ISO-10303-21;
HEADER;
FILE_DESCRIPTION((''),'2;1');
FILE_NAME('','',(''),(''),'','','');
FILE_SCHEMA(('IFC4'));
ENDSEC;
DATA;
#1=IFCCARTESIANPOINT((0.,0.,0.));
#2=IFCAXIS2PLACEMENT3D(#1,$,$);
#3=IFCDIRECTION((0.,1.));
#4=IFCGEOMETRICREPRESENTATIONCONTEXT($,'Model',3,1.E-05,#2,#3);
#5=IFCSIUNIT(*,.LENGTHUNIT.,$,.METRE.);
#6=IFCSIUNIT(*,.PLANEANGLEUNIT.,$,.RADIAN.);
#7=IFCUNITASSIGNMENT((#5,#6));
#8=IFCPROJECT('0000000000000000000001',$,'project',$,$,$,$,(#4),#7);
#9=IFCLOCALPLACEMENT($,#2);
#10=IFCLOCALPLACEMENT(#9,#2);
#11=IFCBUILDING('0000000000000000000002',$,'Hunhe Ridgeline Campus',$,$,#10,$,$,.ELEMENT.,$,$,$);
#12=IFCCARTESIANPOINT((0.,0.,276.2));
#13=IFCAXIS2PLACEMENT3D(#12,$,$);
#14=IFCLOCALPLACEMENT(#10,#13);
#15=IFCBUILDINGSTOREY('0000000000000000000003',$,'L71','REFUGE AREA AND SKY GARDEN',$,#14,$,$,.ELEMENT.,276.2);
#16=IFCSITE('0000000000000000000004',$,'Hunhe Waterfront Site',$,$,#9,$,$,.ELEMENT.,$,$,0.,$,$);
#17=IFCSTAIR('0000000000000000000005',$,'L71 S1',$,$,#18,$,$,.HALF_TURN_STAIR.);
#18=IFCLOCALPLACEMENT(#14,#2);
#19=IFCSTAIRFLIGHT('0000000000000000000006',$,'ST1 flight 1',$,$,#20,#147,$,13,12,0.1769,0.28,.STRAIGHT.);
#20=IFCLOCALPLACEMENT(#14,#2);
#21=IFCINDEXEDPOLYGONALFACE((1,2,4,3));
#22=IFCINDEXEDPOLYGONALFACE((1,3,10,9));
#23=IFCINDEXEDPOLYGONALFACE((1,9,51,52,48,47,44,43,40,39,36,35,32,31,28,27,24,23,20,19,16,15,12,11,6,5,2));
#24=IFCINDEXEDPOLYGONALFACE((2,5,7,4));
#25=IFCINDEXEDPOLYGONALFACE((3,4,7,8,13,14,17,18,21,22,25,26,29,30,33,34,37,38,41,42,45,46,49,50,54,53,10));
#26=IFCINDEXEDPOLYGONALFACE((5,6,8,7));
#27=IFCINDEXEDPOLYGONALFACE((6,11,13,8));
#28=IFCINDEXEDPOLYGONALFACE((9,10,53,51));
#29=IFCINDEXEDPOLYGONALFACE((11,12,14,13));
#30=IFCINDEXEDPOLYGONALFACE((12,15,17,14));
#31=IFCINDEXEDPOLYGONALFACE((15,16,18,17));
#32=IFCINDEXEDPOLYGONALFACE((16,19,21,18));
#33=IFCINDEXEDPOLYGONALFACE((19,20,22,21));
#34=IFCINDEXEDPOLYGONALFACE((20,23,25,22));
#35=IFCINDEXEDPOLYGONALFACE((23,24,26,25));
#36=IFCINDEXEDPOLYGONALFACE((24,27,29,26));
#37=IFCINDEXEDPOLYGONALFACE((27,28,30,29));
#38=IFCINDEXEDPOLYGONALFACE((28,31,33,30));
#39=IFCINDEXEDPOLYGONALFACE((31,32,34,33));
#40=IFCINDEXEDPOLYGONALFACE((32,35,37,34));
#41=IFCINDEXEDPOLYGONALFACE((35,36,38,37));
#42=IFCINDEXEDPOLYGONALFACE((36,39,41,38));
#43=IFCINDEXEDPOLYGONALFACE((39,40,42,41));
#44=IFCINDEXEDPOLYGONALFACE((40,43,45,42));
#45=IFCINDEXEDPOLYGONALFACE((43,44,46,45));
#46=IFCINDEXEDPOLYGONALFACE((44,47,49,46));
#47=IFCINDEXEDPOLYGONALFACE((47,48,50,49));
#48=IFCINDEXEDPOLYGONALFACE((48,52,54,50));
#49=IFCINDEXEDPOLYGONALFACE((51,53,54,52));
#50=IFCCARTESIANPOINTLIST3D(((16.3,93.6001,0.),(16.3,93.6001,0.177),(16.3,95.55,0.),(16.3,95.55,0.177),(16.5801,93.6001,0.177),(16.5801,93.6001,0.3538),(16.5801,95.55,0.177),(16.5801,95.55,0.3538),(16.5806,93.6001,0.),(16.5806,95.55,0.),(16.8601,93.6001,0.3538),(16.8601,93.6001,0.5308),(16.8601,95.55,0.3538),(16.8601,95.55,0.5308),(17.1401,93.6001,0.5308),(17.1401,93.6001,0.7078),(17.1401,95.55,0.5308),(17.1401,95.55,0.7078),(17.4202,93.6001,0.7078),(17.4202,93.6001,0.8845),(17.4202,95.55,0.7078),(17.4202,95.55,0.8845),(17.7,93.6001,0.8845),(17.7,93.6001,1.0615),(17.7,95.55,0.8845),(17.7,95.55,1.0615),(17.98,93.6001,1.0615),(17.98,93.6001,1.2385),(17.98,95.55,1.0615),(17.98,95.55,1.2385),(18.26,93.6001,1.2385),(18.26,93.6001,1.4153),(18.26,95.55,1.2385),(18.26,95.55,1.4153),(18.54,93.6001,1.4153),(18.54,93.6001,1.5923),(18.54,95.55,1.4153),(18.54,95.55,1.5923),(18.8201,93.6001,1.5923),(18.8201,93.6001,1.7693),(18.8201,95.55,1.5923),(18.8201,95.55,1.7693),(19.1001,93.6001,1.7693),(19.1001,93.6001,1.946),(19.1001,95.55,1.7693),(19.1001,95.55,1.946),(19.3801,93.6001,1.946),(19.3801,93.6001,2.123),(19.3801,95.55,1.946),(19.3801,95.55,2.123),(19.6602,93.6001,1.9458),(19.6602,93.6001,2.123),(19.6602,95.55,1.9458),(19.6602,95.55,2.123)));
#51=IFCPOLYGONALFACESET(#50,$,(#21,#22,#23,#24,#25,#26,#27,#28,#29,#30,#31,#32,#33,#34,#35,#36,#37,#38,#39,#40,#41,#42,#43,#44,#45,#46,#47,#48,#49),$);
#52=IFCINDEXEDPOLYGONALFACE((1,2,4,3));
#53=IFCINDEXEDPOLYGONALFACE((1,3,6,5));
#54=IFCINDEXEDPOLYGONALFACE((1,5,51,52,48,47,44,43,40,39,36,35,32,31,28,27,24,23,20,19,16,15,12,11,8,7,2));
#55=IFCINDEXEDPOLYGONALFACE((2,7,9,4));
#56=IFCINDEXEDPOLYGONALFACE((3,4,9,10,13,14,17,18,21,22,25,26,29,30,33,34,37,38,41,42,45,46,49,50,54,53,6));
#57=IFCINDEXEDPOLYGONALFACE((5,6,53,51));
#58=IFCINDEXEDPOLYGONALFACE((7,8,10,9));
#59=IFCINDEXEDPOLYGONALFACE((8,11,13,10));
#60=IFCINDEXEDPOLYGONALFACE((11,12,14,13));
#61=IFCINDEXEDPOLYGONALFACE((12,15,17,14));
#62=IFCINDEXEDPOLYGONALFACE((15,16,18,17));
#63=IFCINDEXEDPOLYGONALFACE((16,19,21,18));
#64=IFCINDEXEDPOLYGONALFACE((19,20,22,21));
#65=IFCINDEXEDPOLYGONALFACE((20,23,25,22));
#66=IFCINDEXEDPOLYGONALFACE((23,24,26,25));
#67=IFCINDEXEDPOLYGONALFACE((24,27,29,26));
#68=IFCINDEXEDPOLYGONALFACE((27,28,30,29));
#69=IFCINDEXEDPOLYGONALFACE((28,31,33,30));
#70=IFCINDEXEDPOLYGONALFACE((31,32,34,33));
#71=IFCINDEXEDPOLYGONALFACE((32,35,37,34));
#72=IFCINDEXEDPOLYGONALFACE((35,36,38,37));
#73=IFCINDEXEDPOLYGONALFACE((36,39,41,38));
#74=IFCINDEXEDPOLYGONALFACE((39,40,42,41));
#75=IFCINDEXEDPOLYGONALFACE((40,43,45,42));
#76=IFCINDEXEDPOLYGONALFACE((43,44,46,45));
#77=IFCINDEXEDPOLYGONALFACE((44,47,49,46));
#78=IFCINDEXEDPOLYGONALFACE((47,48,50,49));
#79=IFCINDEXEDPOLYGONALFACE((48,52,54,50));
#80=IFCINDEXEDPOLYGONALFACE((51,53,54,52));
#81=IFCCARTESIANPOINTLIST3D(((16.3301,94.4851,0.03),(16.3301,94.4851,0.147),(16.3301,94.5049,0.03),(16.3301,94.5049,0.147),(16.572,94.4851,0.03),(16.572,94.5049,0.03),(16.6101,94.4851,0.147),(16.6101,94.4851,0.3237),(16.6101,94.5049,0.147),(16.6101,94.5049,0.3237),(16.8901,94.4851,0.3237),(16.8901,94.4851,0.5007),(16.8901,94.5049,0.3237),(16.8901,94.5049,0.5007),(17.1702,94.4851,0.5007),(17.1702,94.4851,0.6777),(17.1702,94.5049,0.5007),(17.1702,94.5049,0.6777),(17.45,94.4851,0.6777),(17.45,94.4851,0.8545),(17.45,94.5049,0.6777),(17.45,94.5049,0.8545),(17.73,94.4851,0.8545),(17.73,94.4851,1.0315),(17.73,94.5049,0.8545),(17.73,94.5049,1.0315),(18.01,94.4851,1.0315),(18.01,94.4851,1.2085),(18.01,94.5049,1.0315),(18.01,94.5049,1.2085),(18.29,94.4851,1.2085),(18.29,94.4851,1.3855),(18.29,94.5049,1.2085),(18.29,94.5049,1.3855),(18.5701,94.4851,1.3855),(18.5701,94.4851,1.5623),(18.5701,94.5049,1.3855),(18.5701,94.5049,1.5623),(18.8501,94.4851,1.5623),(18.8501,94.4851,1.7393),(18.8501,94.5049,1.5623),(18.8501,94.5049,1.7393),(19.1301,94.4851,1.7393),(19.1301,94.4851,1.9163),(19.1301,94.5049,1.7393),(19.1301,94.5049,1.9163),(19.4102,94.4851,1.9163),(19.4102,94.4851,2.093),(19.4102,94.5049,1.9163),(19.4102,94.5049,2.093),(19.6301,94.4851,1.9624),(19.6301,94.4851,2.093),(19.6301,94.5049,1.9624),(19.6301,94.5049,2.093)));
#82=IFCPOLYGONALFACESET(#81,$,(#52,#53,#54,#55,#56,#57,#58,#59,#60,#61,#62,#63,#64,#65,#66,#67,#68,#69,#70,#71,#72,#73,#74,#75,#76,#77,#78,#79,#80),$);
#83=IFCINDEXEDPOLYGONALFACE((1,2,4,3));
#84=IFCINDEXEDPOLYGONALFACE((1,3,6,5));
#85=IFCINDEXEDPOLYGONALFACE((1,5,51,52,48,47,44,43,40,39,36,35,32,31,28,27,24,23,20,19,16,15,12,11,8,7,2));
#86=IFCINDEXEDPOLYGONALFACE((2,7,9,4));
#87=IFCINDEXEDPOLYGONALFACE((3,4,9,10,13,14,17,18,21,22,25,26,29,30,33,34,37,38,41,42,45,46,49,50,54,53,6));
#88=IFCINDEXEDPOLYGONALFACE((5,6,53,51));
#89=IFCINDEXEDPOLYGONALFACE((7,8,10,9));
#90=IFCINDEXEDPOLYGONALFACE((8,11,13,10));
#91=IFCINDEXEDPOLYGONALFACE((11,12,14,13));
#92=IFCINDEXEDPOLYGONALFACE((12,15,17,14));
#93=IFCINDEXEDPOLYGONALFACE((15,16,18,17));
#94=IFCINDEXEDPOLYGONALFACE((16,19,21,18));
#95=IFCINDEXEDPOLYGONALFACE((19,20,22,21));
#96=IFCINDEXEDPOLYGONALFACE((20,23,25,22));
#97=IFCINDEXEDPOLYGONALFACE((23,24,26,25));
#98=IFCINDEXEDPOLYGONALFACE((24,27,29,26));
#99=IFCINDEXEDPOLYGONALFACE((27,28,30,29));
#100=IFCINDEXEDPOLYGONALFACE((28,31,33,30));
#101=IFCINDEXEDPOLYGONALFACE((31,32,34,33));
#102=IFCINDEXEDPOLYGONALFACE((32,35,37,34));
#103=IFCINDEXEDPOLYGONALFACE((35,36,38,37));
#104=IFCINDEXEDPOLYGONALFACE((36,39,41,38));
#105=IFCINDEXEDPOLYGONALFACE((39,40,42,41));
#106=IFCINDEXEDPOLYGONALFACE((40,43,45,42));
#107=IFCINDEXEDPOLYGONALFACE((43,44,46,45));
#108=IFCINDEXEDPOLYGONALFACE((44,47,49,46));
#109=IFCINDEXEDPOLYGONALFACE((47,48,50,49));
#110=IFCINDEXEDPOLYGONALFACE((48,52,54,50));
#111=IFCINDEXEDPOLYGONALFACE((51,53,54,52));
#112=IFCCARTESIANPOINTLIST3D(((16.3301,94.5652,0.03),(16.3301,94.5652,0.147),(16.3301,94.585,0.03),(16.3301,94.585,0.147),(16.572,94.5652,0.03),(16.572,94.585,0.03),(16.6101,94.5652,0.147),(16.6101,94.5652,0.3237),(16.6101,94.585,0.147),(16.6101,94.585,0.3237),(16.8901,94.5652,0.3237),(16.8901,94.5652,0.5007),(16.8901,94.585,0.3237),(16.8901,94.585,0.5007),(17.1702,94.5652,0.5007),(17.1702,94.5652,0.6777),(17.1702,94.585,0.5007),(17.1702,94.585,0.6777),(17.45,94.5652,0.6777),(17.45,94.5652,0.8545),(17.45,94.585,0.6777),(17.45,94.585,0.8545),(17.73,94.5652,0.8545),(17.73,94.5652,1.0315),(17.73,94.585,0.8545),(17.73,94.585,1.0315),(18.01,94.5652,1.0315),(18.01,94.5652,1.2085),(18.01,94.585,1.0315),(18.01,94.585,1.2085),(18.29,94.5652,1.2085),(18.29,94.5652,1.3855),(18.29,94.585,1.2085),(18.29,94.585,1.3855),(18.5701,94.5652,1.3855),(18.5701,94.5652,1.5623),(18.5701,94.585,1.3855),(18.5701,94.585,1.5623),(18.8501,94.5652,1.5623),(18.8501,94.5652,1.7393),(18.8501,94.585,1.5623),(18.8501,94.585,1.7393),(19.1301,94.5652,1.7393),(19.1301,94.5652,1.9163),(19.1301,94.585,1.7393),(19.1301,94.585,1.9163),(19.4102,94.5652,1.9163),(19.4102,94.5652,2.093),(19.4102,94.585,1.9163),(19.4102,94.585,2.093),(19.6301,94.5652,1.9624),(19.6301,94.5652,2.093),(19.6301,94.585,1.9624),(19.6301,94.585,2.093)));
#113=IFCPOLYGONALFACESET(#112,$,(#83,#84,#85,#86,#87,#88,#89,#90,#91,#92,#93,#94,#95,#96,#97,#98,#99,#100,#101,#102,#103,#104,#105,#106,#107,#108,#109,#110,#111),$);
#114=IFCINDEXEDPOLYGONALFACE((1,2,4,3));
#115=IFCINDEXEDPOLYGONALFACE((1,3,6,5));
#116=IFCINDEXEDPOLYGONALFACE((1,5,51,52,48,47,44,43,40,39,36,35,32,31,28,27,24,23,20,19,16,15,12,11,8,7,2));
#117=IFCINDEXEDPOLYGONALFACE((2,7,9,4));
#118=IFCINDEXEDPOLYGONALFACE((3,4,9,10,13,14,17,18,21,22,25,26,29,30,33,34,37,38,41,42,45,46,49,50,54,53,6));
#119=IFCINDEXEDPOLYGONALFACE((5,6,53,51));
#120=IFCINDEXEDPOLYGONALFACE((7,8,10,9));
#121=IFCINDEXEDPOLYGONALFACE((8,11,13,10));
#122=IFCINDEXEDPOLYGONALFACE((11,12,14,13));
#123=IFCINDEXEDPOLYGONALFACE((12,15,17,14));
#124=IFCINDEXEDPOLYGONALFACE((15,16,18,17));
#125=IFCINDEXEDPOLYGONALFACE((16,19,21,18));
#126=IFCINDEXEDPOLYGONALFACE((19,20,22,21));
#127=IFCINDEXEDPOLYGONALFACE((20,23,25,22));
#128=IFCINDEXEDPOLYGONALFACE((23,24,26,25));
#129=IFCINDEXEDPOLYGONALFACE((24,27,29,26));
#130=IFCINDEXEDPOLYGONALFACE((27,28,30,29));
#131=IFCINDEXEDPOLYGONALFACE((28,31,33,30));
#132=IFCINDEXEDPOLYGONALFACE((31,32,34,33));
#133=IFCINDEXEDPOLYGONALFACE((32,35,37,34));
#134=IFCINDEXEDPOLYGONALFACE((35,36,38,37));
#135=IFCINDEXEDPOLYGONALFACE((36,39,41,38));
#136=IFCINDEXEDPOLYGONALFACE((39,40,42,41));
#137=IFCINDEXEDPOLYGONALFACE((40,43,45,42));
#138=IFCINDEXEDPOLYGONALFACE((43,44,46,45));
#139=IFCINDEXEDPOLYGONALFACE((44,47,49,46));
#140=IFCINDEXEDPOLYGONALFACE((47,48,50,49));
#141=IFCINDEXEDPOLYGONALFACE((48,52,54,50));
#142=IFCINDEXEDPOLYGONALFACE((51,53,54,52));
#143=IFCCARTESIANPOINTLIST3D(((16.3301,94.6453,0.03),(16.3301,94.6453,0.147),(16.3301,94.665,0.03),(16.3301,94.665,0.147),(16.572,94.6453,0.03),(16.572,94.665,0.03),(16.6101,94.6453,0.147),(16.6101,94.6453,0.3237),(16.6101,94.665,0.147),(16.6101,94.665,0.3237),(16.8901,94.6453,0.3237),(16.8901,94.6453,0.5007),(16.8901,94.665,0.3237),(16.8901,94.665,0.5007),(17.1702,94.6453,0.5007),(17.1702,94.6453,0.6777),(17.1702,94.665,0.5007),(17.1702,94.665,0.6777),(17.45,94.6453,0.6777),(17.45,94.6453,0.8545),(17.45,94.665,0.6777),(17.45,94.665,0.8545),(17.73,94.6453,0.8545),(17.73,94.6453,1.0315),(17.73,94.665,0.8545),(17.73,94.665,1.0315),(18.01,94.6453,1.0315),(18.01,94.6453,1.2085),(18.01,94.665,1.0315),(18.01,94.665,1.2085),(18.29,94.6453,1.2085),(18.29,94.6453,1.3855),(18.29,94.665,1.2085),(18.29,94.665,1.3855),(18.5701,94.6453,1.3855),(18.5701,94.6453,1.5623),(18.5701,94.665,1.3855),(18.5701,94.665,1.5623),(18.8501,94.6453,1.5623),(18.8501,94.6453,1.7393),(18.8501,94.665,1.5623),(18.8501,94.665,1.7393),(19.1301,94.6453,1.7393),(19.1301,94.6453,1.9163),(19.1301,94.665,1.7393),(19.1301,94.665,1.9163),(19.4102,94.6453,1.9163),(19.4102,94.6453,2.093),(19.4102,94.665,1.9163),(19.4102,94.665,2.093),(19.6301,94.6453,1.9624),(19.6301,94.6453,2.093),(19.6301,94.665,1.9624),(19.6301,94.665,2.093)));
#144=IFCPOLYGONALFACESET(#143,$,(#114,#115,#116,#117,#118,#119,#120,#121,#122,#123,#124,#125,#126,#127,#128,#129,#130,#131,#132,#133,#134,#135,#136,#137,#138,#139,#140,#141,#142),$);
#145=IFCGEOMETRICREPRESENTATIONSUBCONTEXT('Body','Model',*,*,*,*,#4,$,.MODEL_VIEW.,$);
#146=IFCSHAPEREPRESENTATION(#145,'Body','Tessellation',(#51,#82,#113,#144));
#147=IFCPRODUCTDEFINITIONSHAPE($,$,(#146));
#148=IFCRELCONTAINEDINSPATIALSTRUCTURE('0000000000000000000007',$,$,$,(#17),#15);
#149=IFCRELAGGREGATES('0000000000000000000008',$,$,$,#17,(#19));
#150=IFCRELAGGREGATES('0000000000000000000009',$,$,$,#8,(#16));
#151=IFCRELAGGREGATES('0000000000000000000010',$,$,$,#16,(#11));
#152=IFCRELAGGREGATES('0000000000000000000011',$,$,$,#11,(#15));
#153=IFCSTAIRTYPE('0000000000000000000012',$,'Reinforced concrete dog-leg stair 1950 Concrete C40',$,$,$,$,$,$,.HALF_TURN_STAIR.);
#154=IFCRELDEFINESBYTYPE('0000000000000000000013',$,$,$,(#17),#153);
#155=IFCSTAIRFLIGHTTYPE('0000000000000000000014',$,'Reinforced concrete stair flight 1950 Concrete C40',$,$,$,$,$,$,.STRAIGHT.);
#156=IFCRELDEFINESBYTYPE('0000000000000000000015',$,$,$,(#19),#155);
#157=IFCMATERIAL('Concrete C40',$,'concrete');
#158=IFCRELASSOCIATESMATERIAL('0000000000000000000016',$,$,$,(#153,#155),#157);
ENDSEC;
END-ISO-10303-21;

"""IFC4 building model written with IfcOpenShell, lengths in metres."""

from ifc_helpers import new_model, si_unit, direction, frame, origin, place, context, subcontext, project, spatial, polyline, outline, extrude, material, type_object, element, aggregate, save


model = new_model("IFC4")

# Units and contexts
model_context = context("Model", 3, precision=1e-05, world=origin(), true_north=direction((0.0, 1.0)))
body_context = subcontext(model_context, "Body", "Model", "MODEL_VIEW")
ifc_project = project(units=[si_unit("LENGTHUNIT", "METRE"), si_unit("PLANEANGLEUNIT", "RADIAN")], contexts=[model_context])

# Site, building, storey
site_placement = place(None, origin())
site = spatial("IfcSite", under=ifc_project, at=site_placement, Name="Hunhe Waterfront Site", CompositionType="ELEMENT", RefElevation=0.0)
building_placement = place(site_placement, origin())
building = spatial("IfcBuilding", under=site, at=building_placement, Name="Hunhe Ridgeline Campus", CompositionType="ELEMENT")
storey_placement = place(building_placement, frame((0.0, 0.0, 276.2)))
storey = spatial("IfcBuildingStorey", under=building, at=storey_placement, Name="L71", Description="REFUGE AREA AND SKY GARDEN", CompositionType="ELEMENT", Elevation=276.2)

# Stair, stair flight
ifc_material_1 = material(Name="Concrete C40", Category="concrete")
stair_type = type_object("IfcStairType", Name="Reinforced concrete dog-leg stair 1950 Concrete C40", PredefinedType="HALF_TURN_STAIR", material=ifc_material_1)
stair_placement = place(storey_placement, origin())
stair = element("IfcStair", 1, at=stair_placement, inside=storey, type_object=stair_type, Name="L71 S1", PredefinedType="HALF_TURN_STAIR")
stair_flight_type = type_object("IfcStairFlightType", Name="Reinforced concrete stair flight 1950 Concrete C40", PredefinedType="STRAIGHT", material=ifc_material_1)
stair_flight_placement = place(storey_placement, frame((16.3, 94.575, 0.0), z_axis=(0.0, 0.0, 1.0), x_axis=(1.0, 0.0, 0.0)))
stair_flight = element("IfcStairFlight", 2, at=stair_flight_placement, type_object=stair_flight_type, Name="ST1 flight 1", NumberOfRisers=13, NumberOfTreads=12, PredefinedType="STRAIGHT", RiserHeight=0.1769, TreadLength=0.28, context=body_context, shape_type="SweptSolid", body=[
    extrude(outline(polyline([(0.0, 0.0), (0.0, 0.177), (0.28, 0.177), (0.28, 0.3538), (0.5601, 0.3538), (0.5601, 0.5308), (0.8401, 0.5308), (0.8401, 0.7078), (1.1201, 0.7078), (1.1201, 0.8845), (1.3999, 0.8845), (1.3999, 1.0615), (1.6799, 1.0615), (1.6799, 1.2385), (1.96, 1.2385), (1.96, 1.4153), (2.24, 1.4153), (2.24, 1.5923), (2.52, 1.5923), (2.52, 1.7693), (2.8, 1.7693), (2.8, 1.946), (3.0801, 1.946), (3.0801, 2.123), (3.3601, 2.123), (3.3601, 2.3), (3.3601, 1.9458), (0.2805, 0.0), (0.0, 0.0)])), frame((0.0, 0.9751, 0.0), z_axis=(0.0, -1.0, 0.0), x_axis=(1.0, 0.0, 0.0)), (0.0, 0.0, 1.0), 1.95),
    extrude(outline(polyline([(0.03, 0.03), (0.03, 0.147), (0.3101, 0.147), (0.3101, 0.3237), (0.5901, 0.3237), (0.5901, 0.5007), (0.8701, 0.5007), (0.8701, 0.6777), (1.1499, 0.6777), (1.1499, 0.8545), (1.4299, 0.8545), (1.4299, 1.0315), (1.71, 1.0315), (1.71, 1.2085), (1.99, 1.2085), (1.99, 1.3855), (2.27, 1.3855), (2.27, 1.5623), (2.55, 1.5623), (2.55, 1.7393), (2.8301, 1.7393), (2.8301, 1.9163), (3.1101, 1.9163), (3.1101, 2.093), (3.3301, 2.093), (3.3301, 1.9624), (0.272, 0.03), (0.03, 0.03)])), frame((0.0, -0.0701, 0.0), z_axis=(0.0, -1.0, 0.0), x_axis=(1.0, 0.0, 0.0)), (0.0, 0.0, 1.0), 0.0198),
    extrude(outline(polyline([(0.03, 0.03), (0.03, 0.147), (0.3101, 0.147), (0.3101, 0.3237), (0.5901, 0.3237), (0.5901, 0.5007), (0.8701, 0.5007), (0.8701, 0.6777), (1.1499, 0.6777), (1.1499, 0.8545), (1.4299, 0.8545), (1.4299, 1.0315), (1.71, 1.0315), (1.71, 1.2085), (1.99, 1.2085), (1.99, 1.3855), (2.27, 1.3855), (2.27, 1.5623), (2.55, 1.5623), (2.55, 1.7393), (2.8301, 1.7393), (2.8301, 1.9163), (3.1101, 1.9163), (3.1101, 2.093), (3.3301, 2.093), (3.3301, 1.9624), (0.272, 0.03), (0.03, 0.03)])), frame((0.0, 0.01, 0.0), z_axis=(0.0, -1.0, 0.0), x_axis=(1.0, 0.0, 0.0)), (0.0, 0.0, 1.0), 0.0198),
    extrude(outline(polyline([(0.03, 0.03), (0.03, 0.147), (0.3101, 0.147), (0.3101, 0.3237), (0.5901, 0.3237), (0.5901, 0.5007), (0.8701, 0.5007), (0.8701, 0.6777), (1.1499, 0.6777), (1.1499, 0.8545), (1.4299, 0.8545), (1.4299, 1.0315), (1.71, 1.0315), (1.71, 1.2085), (1.99, 1.2085), (1.99, 1.3855), (2.27, 1.3855), (2.27, 1.5623), (2.55, 1.5623), (2.55, 1.7393), (2.8301, 1.7393), (2.8301, 1.9163), (3.1101, 1.9163), (3.1101, 2.093), (3.3301, 2.093), (3.3301, 1.9624), (0.272, 0.03), (0.03, 0.03)])), frame((0.0, 0.0901, 0.0), z_axis=(0.0, -1.0, 0.0), x_axis=(1.0, 0.0, 0.0)), (0.0, 0.0, 1.0), 0.0198),
])
aggregate(stair, [stair_flight])

save(model, "model.ifc")
